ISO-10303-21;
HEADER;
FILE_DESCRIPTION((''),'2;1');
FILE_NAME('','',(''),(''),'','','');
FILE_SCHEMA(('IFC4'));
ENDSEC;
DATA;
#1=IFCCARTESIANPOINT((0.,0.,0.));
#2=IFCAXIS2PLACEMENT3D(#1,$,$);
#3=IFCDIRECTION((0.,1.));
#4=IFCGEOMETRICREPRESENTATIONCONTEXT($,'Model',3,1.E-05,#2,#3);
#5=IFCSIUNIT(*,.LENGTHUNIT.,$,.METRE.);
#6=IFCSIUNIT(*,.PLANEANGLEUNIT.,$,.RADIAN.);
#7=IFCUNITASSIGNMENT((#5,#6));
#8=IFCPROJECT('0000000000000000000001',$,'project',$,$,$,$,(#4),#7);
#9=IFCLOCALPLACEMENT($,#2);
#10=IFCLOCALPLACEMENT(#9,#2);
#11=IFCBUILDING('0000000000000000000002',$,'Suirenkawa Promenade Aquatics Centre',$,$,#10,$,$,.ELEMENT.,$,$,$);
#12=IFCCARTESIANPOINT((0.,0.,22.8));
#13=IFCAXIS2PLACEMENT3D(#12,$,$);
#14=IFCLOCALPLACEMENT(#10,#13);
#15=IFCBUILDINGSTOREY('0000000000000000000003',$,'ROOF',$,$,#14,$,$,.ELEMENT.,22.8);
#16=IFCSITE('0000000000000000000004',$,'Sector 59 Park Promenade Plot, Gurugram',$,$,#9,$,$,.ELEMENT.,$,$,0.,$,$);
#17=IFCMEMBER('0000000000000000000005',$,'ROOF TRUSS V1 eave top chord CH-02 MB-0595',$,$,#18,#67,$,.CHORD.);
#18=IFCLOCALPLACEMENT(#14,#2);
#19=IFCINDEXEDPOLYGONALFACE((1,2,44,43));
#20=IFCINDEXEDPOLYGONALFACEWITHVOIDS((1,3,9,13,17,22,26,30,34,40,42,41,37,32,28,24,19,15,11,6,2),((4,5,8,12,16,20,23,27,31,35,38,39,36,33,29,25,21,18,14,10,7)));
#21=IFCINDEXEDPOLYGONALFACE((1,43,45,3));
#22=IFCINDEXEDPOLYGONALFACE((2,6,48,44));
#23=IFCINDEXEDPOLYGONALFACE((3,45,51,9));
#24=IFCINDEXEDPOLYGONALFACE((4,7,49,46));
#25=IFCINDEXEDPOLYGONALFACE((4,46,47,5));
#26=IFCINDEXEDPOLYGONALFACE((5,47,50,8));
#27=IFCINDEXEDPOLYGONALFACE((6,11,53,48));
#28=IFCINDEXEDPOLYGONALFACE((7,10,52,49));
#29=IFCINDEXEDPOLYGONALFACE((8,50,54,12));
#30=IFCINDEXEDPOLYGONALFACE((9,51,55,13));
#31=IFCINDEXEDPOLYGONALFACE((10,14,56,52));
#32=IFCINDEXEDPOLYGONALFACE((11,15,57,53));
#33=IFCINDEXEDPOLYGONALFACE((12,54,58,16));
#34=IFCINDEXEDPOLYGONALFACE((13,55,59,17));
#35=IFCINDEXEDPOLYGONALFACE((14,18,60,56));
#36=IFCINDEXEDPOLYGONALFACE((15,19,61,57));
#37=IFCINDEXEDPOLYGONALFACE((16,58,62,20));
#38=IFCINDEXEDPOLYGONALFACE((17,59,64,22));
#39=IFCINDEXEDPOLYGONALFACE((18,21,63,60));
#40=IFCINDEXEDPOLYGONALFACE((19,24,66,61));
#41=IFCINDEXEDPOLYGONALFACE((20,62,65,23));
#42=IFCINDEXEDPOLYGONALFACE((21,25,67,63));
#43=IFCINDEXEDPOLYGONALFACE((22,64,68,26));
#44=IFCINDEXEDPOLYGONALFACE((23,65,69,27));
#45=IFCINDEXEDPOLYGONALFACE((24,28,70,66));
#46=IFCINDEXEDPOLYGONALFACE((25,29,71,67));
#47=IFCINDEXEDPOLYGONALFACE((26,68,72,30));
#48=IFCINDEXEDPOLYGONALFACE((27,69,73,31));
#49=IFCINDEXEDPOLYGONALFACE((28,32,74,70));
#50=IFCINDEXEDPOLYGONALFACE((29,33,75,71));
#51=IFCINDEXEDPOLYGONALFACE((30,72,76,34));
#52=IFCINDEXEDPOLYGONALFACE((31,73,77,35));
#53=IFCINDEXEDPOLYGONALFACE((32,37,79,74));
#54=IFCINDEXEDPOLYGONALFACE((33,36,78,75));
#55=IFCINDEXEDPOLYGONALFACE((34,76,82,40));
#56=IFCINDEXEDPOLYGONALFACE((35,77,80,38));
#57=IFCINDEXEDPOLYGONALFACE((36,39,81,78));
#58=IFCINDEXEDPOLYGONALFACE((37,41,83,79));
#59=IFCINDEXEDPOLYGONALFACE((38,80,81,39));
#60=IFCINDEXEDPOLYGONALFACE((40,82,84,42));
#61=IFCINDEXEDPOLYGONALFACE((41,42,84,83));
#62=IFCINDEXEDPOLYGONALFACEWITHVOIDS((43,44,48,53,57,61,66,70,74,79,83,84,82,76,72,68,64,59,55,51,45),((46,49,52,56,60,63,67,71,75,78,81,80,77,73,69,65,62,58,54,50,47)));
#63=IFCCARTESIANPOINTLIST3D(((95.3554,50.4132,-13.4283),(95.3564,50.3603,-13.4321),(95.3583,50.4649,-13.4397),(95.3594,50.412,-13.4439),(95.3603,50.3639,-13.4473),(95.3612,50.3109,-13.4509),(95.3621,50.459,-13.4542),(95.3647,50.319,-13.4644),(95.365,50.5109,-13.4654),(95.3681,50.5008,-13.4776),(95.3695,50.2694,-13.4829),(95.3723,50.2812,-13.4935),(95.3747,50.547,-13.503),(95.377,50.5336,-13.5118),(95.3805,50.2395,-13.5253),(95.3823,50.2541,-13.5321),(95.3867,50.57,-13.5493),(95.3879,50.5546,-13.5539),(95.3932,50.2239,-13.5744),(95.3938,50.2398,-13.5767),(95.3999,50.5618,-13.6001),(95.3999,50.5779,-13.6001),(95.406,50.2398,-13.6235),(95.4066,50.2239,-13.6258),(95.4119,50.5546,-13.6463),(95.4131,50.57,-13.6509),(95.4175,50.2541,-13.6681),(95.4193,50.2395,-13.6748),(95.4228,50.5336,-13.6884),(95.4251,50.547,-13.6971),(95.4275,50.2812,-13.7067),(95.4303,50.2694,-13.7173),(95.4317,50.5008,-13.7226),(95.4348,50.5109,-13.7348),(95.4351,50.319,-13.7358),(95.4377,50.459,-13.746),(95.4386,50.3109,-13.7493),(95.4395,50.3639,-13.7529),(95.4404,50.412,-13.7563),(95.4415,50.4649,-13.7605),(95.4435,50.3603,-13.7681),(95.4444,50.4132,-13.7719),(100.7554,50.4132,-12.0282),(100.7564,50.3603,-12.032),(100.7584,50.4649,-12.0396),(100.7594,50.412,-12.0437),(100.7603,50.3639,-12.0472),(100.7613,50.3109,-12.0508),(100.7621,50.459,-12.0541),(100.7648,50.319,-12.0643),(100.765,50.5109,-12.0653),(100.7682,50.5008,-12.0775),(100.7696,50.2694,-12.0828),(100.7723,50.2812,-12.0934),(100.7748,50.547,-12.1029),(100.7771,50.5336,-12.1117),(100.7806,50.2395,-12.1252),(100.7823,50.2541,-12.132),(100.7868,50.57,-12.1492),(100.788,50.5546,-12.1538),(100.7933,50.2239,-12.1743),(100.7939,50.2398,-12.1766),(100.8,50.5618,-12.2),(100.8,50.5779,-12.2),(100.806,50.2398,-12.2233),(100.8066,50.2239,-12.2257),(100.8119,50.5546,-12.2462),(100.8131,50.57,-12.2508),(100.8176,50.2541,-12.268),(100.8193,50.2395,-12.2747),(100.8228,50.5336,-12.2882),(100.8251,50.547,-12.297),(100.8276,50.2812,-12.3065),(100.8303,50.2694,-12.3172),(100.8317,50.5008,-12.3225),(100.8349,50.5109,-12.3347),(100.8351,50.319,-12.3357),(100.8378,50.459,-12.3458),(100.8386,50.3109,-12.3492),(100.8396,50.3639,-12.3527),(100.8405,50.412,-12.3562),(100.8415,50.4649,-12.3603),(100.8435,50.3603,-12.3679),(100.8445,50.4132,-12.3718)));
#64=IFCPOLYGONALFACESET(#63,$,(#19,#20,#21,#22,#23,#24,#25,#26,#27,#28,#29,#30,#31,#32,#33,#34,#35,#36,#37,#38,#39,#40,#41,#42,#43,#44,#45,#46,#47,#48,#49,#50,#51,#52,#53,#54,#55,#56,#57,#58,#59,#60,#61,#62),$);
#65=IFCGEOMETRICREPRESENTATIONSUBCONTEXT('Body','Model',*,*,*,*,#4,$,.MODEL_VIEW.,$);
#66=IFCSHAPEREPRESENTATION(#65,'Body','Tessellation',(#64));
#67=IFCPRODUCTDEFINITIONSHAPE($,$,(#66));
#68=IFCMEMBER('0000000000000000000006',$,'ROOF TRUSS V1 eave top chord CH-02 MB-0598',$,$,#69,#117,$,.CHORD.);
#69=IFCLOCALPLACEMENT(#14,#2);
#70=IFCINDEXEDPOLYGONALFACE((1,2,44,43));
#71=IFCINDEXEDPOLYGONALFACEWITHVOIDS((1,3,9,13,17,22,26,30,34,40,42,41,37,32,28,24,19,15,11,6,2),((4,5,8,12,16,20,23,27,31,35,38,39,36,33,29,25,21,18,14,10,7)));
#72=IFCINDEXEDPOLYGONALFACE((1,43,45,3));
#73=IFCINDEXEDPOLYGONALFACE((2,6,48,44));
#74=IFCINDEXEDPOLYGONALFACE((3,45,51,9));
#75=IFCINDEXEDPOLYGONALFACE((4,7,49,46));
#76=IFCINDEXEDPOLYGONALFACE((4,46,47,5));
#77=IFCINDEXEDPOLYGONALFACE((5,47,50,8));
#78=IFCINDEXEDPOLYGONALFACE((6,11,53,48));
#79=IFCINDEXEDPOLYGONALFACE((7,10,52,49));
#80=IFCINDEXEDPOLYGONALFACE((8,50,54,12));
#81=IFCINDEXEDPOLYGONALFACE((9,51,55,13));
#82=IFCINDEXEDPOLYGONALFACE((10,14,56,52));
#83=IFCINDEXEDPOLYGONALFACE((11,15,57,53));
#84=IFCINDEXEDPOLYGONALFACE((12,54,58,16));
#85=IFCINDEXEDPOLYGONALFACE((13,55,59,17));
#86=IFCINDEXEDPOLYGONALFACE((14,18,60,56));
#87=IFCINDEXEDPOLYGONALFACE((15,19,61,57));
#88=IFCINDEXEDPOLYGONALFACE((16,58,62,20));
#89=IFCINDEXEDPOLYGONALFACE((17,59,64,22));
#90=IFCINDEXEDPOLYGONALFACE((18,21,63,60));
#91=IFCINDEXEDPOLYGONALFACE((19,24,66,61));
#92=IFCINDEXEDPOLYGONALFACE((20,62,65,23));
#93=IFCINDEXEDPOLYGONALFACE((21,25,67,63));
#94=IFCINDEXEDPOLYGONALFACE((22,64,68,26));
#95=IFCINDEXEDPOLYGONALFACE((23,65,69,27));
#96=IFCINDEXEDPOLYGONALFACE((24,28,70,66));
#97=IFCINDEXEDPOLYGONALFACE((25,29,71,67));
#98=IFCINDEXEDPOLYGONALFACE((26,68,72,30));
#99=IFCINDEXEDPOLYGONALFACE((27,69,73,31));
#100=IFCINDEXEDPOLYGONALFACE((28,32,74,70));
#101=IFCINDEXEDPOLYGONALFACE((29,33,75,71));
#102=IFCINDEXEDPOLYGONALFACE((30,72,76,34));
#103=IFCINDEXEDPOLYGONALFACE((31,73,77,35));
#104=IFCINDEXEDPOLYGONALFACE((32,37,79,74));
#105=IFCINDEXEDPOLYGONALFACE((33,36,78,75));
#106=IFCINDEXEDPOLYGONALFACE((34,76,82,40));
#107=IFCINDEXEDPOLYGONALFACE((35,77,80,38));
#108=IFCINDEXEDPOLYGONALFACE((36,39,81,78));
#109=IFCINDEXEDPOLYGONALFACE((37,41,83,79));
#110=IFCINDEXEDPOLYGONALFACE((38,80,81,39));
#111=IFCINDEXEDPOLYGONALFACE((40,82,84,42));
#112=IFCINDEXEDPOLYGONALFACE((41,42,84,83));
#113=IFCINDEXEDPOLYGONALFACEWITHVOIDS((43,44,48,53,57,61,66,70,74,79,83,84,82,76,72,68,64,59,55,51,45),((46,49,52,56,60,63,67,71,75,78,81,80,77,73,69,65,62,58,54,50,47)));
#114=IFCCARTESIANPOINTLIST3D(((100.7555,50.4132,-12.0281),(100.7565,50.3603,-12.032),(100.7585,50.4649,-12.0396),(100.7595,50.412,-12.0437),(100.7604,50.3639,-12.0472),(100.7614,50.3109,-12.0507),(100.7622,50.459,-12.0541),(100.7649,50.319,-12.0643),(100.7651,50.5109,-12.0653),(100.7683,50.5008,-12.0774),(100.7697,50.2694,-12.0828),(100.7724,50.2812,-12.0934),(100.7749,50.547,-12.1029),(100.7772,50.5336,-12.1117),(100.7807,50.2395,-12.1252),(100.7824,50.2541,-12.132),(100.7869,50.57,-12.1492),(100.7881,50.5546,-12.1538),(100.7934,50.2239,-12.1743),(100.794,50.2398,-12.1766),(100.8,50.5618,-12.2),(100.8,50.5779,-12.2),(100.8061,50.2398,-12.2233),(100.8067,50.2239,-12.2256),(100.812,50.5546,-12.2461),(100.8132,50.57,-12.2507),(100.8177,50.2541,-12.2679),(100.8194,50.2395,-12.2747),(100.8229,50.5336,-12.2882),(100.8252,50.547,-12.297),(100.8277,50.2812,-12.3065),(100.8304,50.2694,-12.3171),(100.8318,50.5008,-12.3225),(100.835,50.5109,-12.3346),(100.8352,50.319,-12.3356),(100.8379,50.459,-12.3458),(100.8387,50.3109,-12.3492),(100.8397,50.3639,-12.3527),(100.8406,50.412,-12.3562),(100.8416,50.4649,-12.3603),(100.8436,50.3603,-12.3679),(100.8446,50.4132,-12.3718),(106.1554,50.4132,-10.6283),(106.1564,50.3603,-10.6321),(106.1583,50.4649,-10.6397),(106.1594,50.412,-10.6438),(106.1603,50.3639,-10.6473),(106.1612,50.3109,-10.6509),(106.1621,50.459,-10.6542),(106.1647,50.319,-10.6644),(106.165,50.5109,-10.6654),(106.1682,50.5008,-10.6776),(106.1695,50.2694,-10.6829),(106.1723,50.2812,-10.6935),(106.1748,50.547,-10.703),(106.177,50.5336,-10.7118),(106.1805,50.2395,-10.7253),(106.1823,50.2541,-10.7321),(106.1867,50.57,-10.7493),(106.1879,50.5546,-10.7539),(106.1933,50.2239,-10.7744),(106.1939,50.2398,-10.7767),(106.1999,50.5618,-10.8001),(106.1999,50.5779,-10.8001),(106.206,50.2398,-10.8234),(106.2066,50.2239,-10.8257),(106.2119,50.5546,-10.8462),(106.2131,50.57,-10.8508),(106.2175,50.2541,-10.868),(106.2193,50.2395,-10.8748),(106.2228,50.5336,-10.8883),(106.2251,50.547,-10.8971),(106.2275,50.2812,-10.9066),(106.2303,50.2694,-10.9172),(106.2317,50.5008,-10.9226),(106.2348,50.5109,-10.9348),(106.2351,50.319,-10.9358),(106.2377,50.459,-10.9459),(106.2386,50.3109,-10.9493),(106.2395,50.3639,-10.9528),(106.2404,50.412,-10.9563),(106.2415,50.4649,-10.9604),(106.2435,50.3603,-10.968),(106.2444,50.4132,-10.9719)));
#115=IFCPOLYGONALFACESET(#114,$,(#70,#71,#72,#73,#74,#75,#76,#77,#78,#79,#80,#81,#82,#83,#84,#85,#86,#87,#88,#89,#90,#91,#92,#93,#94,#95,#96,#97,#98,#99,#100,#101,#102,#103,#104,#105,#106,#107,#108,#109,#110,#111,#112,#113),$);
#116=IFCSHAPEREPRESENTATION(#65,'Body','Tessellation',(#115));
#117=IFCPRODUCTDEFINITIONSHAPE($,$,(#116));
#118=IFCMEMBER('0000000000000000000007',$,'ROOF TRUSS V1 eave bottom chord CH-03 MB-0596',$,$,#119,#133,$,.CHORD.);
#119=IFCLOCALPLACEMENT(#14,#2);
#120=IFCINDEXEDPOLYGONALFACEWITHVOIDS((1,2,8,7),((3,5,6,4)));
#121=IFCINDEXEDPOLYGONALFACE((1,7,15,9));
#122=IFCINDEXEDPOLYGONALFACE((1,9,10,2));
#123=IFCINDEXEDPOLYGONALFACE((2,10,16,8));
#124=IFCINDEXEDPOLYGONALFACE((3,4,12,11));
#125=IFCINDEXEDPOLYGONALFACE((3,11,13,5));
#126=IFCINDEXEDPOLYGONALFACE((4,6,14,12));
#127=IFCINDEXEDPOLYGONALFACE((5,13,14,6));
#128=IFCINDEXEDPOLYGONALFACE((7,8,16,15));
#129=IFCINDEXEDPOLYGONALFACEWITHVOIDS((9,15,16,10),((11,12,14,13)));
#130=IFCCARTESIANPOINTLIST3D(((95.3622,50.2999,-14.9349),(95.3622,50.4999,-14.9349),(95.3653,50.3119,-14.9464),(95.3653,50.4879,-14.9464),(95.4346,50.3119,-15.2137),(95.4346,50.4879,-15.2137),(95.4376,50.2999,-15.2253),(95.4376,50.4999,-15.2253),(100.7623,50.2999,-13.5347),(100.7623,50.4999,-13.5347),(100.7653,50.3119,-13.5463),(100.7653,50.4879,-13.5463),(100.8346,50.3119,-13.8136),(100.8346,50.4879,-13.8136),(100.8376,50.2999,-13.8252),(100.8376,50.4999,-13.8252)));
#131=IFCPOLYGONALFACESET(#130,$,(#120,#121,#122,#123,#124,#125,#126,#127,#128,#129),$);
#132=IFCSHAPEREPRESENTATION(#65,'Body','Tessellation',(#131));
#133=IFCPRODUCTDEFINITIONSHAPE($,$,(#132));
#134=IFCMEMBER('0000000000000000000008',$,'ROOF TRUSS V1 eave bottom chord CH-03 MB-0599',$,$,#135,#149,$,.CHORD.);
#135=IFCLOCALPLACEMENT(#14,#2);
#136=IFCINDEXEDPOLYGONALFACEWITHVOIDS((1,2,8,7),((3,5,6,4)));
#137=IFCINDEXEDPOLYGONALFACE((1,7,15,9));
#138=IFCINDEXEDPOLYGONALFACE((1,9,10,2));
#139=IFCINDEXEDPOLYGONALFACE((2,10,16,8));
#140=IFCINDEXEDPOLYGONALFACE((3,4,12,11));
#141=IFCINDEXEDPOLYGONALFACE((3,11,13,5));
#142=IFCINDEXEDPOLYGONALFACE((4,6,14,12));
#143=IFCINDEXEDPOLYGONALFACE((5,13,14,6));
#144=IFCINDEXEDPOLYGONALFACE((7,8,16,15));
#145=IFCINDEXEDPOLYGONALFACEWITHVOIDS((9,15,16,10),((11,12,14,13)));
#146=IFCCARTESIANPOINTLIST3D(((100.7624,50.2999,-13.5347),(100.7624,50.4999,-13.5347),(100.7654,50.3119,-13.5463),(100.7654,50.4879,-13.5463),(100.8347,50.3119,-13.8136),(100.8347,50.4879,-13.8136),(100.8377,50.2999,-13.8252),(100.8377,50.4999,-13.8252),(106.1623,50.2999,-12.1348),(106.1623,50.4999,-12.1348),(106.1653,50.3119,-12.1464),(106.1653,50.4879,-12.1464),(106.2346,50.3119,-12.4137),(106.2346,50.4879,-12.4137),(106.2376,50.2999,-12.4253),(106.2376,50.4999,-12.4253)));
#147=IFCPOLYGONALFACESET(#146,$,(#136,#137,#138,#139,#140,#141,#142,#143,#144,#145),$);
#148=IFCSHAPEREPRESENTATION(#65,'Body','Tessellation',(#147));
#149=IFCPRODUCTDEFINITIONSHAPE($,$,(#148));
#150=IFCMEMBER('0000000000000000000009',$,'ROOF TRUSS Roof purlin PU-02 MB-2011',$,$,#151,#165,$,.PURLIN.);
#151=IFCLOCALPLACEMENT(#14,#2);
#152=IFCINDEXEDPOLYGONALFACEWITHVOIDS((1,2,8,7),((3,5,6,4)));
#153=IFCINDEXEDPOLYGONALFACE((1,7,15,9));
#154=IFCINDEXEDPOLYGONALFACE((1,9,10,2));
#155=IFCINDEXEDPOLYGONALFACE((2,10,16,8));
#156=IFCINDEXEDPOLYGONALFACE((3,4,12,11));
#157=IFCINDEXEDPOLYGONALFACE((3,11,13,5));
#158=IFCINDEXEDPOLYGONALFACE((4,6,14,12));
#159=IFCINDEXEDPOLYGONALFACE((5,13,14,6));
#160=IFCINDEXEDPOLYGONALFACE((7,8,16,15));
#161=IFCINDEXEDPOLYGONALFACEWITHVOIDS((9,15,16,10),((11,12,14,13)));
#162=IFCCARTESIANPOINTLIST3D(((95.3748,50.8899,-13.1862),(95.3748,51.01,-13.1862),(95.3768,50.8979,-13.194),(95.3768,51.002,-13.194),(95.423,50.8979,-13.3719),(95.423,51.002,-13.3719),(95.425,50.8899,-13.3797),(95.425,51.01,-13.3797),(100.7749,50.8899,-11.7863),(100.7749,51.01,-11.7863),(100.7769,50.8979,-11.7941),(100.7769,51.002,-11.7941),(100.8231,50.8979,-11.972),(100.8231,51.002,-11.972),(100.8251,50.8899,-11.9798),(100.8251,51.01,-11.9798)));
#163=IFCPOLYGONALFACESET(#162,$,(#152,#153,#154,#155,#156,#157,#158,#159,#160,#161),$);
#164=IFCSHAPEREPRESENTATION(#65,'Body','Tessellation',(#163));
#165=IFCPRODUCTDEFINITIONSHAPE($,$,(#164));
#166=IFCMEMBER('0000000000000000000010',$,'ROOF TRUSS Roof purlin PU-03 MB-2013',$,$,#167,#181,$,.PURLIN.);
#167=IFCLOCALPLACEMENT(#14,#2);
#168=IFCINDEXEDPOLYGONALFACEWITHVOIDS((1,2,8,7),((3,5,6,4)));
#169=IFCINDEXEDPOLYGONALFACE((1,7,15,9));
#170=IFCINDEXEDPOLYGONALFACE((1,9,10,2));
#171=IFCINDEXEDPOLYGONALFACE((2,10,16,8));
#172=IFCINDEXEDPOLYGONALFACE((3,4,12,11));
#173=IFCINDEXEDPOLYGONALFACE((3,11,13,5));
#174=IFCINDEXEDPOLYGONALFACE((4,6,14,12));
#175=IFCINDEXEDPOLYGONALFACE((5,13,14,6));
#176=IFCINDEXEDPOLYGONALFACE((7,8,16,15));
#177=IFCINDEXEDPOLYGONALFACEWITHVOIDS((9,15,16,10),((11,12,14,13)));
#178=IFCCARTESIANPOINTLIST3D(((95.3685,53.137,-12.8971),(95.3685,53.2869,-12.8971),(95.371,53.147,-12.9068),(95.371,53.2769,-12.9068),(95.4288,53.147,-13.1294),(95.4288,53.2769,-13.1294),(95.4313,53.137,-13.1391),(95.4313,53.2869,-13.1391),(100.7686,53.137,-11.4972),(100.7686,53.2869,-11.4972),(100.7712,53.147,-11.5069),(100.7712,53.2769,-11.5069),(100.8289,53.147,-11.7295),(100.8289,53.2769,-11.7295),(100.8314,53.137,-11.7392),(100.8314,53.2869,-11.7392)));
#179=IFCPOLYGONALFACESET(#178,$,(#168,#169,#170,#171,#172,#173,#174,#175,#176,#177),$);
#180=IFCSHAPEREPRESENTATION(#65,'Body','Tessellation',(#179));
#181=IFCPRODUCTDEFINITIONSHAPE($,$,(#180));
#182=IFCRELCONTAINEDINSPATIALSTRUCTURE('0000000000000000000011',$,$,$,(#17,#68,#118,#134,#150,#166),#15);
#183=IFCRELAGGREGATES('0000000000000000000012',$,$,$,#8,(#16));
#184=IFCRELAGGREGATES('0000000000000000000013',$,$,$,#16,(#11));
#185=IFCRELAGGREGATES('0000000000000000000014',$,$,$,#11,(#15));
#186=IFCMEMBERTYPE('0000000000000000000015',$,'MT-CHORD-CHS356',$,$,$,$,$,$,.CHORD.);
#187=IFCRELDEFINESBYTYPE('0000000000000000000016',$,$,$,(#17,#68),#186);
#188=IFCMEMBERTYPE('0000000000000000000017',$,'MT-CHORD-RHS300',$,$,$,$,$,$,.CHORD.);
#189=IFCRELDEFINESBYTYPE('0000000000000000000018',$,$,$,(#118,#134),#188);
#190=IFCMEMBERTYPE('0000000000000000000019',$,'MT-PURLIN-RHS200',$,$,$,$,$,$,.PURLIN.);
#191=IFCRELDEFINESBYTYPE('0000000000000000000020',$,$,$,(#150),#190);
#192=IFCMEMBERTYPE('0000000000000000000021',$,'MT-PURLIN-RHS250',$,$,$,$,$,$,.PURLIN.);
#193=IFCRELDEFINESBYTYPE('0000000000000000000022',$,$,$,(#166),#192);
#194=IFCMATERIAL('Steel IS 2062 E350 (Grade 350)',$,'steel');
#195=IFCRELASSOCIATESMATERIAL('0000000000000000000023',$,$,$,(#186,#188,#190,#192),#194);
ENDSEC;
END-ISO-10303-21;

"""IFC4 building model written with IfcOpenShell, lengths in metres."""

from ifc_helpers import new_model, si_unit, direction, frame, origin, origin_2d, place, context, subcontext, project, spatial, hollow_rectangle, hollow_circle, extrude, material, material_profile, profile_set, type_object, element, save


model = new_model("IFC4")

# Units and contexts
model_context = context("Model", 3, precision=1e-05, world=origin(), true_north=direction((0.0, 1.0)))
body_context = subcontext(model_context, "Body", "Model", "MODEL_VIEW")
ifc_project = project(units=[si_unit("LENGTHUNIT", "METRE"), si_unit("PLANEANGLEUNIT", "RADIAN")], contexts=[model_context])

# Site, building, storey
site_placement = place(None, origin())
site = spatial("IfcSite", under=ifc_project, at=site_placement, Name="Sector 59 Park Promenade Plot, Gurugram", CompositionType="ELEMENT", RefElevation=0.0)
building_placement = place(site_placement, origin())
building = spatial("IfcBuilding", under=site, at=building_placement, Name="Suirenkawa Promenade Aquatics Centre", CompositionType="ELEMENT")
storey_placement = place(building_placement, frame((0.0, 0.0, 22.8)))
storey = spatial("IfcBuildingStorey", under=building, at=storey_placement, Name="ROOF", CompositionType="ELEMENT", Elevation=22.8)

# Shared definitions
ifc_material_1 = material(Name="Steel IS 2062 E350 (Grade 350)", Category="steel")

# Members
ifc_material_profile_1 = material_profile(ifc_material_1, hollow_circle(Radius=0.178, WallThickness=0.0161, at=origin_2d()), Name="CHS 356x16", Category="steel")
ifc_profile_set_1 = profile_set([ifc_material_profile_1], Name="Steel IS 2062 E350 (Grade 350)")
member_type_1 = type_object("IfcMemberType", Name="MT-CHORD-CHS356", PredefinedType="CHORD", material=ifc_profile_set_1)
member_1_placement = place(storey_placement, frame((95.3999, 50.3999, -13.6001), z_axis=(0.967992, 0.0, 0.25098), x_axis=(0.0, 1.0, 0.0)))
element("IfcMember", 1, at=member_1_placement, inside=storey, type_object=member_type_1, Name="ROOF TRUSS V1 eave top chord CH-02 MB-0595", PredefinedType="CHORD", context=body_context, shape_type="SweptSolid", body=[
    extrude(hollow_circle(Radius=0.178, WallThickness=0.0161, at=origin_2d()), origin(), (0.0, 0.0, 1.0), 5.5786),
])
member_2_placement = place(storey_placement, frame((100.8, 50.3999, -12.2), z_axis=(0.968, 0.0, 0.25095), x_axis=(0.0, 1.0, 0.0)))
element("IfcMember", 2, at=member_2_placement, inside=storey, type_object=member_type_1, Name="ROOF TRUSS V1 eave top chord CH-02 MB-0598", PredefinedType="CHORD", context=body_context, shape_type="SweptSolid", body=[
    extrude(hollow_circle(Radius=0.178, WallThickness=0.0161, at=origin_2d()), origin(), (0.0, 0.0, 1.0), 5.5784),
])
ifc_material_profile_2 = material_profile(ifc_material_1, hollow_rectangle(XDim=0.2, YDim=0.3, WallThickness=0.012, at=origin_2d()), Name="RHS 300x200x12", Category="steel")
ifc_profile_set_2 = profile_set([ifc_material_profile_2], Name="Steel IS 2062 E350 (Grade 350)")
member_type_2 = type_object("IfcMemberType", Name="MT-CHORD-RHS300", PredefinedType="CHORD", material=ifc_profile_set_2)
member_3_placement = place(storey_placement, frame((95.3999, 50.3999, -15.0801), z_axis=(0.967992, 0.0, 0.25098), x_axis=(0.0, 1.0, 0.0)))
element("IfcMember", 3, at=member_3_placement, inside=storey, type_object=member_type_2, Name="ROOF TRUSS V1 eave bottom chord CH-03 MB-0596", PredefinedType="CHORD", context=body_context, shape_type="SweptSolid", body=[
    extrude(hollow_rectangle(XDim=0.2, YDim=0.3, WallThickness=0.012, at=origin_2d()), origin(), (0.0, 0.0, 1.0), 5.5786),
])
member_4_placement = place(storey_placement, frame((100.8, 50.3999, -13.6799), z_axis=(0.968, 0.0, 0.25095), x_axis=(0.0, 1.0, 0.0)))
element("IfcMember", 4, at=member_4_placement, inside=storey, type_object=member_type_2, Name="ROOF TRUSS V1 eave bottom chord CH-03 MB-0599", PredefinedType="CHORD", context=body_context, shape_type="SweptSolid", body=[
    extrude(hollow_rectangle(XDim=0.2, YDim=0.3, WallThickness=0.012, at=origin_2d()), origin(), (0.0, 0.0, 1.0), 5.5784),
])
ifc_material_profile_3 = material_profile(ifc_material_1, hollow_rectangle(XDim=0.1201, YDim=0.2, WallThickness=0.0081, at=origin_2d()), Name="RHS 200x120x8", Category="steel")
ifc_profile_set_3 = profile_set([ifc_material_profile_3], Name="Steel IS 2062 E350 (Grade 350)")
member_type_3 = type_object("IfcMemberType", Name="MT-PURLIN-RHS200", PredefinedType="PURLIN", material=ifc_profile_set_3)
member_5_placement = place(storey_placement, frame((95.3999, 50.95, -13.283), z_axis=(0.968003, 0.0, 0.250939), x_axis=(0.0, 1.0, 0.0)))
element("IfcMember", 5, at=member_5_placement, inside=storey, type_object=member_type_3, Name="ROOF TRUSS Roof purlin PU-02 MB-2011", PredefinedType="PURLIN", context=body_context, shape_type="SweptSolid", body=[
    extrude(hollow_rectangle(XDim=0.1201, YDim=0.2, WallThickness=0.0081, at=origin_2d()), origin(), (0.0, 0.0, 1.0), 5.5786),
])
ifc_material_profile_4 = material_profile(ifc_material_1, hollow_rectangle(XDim=0.1499, YDim=0.25, WallThickness=0.01, at=origin_2d()), Name="RHS 250x150x10", Category="steel")
ifc_profile_set_4 = profile_set([ifc_material_profile_4], Name="Steel IS 2062 E350 (Grade 350)")
member_type_4 = type_object("IfcMemberType", Name="MT-PURLIN-RHS250", PredefinedType="PURLIN", material=ifc_profile_set_4)
member_6_placement = place(storey_placement, frame((95.3999, 53.2119, -13.0181), z_axis=(0.968003, 0.0, 0.250939), x_axis=(0.0, 1.0, 0.0)))
element("IfcMember", 6, at=member_6_placement, inside=storey, type_object=member_type_4, Name="ROOF TRUSS Roof purlin PU-03 MB-2013", PredefinedType="PURLIN", context=body_context, shape_type="SweptSolid", body=[
    extrude(hollow_rectangle(XDim=0.1499, YDim=0.25, WallThickness=0.01, at=origin_2d()), origin(), (0.0, 0.0, 1.0), 5.5786),
])

save(model, "model.ifc")
